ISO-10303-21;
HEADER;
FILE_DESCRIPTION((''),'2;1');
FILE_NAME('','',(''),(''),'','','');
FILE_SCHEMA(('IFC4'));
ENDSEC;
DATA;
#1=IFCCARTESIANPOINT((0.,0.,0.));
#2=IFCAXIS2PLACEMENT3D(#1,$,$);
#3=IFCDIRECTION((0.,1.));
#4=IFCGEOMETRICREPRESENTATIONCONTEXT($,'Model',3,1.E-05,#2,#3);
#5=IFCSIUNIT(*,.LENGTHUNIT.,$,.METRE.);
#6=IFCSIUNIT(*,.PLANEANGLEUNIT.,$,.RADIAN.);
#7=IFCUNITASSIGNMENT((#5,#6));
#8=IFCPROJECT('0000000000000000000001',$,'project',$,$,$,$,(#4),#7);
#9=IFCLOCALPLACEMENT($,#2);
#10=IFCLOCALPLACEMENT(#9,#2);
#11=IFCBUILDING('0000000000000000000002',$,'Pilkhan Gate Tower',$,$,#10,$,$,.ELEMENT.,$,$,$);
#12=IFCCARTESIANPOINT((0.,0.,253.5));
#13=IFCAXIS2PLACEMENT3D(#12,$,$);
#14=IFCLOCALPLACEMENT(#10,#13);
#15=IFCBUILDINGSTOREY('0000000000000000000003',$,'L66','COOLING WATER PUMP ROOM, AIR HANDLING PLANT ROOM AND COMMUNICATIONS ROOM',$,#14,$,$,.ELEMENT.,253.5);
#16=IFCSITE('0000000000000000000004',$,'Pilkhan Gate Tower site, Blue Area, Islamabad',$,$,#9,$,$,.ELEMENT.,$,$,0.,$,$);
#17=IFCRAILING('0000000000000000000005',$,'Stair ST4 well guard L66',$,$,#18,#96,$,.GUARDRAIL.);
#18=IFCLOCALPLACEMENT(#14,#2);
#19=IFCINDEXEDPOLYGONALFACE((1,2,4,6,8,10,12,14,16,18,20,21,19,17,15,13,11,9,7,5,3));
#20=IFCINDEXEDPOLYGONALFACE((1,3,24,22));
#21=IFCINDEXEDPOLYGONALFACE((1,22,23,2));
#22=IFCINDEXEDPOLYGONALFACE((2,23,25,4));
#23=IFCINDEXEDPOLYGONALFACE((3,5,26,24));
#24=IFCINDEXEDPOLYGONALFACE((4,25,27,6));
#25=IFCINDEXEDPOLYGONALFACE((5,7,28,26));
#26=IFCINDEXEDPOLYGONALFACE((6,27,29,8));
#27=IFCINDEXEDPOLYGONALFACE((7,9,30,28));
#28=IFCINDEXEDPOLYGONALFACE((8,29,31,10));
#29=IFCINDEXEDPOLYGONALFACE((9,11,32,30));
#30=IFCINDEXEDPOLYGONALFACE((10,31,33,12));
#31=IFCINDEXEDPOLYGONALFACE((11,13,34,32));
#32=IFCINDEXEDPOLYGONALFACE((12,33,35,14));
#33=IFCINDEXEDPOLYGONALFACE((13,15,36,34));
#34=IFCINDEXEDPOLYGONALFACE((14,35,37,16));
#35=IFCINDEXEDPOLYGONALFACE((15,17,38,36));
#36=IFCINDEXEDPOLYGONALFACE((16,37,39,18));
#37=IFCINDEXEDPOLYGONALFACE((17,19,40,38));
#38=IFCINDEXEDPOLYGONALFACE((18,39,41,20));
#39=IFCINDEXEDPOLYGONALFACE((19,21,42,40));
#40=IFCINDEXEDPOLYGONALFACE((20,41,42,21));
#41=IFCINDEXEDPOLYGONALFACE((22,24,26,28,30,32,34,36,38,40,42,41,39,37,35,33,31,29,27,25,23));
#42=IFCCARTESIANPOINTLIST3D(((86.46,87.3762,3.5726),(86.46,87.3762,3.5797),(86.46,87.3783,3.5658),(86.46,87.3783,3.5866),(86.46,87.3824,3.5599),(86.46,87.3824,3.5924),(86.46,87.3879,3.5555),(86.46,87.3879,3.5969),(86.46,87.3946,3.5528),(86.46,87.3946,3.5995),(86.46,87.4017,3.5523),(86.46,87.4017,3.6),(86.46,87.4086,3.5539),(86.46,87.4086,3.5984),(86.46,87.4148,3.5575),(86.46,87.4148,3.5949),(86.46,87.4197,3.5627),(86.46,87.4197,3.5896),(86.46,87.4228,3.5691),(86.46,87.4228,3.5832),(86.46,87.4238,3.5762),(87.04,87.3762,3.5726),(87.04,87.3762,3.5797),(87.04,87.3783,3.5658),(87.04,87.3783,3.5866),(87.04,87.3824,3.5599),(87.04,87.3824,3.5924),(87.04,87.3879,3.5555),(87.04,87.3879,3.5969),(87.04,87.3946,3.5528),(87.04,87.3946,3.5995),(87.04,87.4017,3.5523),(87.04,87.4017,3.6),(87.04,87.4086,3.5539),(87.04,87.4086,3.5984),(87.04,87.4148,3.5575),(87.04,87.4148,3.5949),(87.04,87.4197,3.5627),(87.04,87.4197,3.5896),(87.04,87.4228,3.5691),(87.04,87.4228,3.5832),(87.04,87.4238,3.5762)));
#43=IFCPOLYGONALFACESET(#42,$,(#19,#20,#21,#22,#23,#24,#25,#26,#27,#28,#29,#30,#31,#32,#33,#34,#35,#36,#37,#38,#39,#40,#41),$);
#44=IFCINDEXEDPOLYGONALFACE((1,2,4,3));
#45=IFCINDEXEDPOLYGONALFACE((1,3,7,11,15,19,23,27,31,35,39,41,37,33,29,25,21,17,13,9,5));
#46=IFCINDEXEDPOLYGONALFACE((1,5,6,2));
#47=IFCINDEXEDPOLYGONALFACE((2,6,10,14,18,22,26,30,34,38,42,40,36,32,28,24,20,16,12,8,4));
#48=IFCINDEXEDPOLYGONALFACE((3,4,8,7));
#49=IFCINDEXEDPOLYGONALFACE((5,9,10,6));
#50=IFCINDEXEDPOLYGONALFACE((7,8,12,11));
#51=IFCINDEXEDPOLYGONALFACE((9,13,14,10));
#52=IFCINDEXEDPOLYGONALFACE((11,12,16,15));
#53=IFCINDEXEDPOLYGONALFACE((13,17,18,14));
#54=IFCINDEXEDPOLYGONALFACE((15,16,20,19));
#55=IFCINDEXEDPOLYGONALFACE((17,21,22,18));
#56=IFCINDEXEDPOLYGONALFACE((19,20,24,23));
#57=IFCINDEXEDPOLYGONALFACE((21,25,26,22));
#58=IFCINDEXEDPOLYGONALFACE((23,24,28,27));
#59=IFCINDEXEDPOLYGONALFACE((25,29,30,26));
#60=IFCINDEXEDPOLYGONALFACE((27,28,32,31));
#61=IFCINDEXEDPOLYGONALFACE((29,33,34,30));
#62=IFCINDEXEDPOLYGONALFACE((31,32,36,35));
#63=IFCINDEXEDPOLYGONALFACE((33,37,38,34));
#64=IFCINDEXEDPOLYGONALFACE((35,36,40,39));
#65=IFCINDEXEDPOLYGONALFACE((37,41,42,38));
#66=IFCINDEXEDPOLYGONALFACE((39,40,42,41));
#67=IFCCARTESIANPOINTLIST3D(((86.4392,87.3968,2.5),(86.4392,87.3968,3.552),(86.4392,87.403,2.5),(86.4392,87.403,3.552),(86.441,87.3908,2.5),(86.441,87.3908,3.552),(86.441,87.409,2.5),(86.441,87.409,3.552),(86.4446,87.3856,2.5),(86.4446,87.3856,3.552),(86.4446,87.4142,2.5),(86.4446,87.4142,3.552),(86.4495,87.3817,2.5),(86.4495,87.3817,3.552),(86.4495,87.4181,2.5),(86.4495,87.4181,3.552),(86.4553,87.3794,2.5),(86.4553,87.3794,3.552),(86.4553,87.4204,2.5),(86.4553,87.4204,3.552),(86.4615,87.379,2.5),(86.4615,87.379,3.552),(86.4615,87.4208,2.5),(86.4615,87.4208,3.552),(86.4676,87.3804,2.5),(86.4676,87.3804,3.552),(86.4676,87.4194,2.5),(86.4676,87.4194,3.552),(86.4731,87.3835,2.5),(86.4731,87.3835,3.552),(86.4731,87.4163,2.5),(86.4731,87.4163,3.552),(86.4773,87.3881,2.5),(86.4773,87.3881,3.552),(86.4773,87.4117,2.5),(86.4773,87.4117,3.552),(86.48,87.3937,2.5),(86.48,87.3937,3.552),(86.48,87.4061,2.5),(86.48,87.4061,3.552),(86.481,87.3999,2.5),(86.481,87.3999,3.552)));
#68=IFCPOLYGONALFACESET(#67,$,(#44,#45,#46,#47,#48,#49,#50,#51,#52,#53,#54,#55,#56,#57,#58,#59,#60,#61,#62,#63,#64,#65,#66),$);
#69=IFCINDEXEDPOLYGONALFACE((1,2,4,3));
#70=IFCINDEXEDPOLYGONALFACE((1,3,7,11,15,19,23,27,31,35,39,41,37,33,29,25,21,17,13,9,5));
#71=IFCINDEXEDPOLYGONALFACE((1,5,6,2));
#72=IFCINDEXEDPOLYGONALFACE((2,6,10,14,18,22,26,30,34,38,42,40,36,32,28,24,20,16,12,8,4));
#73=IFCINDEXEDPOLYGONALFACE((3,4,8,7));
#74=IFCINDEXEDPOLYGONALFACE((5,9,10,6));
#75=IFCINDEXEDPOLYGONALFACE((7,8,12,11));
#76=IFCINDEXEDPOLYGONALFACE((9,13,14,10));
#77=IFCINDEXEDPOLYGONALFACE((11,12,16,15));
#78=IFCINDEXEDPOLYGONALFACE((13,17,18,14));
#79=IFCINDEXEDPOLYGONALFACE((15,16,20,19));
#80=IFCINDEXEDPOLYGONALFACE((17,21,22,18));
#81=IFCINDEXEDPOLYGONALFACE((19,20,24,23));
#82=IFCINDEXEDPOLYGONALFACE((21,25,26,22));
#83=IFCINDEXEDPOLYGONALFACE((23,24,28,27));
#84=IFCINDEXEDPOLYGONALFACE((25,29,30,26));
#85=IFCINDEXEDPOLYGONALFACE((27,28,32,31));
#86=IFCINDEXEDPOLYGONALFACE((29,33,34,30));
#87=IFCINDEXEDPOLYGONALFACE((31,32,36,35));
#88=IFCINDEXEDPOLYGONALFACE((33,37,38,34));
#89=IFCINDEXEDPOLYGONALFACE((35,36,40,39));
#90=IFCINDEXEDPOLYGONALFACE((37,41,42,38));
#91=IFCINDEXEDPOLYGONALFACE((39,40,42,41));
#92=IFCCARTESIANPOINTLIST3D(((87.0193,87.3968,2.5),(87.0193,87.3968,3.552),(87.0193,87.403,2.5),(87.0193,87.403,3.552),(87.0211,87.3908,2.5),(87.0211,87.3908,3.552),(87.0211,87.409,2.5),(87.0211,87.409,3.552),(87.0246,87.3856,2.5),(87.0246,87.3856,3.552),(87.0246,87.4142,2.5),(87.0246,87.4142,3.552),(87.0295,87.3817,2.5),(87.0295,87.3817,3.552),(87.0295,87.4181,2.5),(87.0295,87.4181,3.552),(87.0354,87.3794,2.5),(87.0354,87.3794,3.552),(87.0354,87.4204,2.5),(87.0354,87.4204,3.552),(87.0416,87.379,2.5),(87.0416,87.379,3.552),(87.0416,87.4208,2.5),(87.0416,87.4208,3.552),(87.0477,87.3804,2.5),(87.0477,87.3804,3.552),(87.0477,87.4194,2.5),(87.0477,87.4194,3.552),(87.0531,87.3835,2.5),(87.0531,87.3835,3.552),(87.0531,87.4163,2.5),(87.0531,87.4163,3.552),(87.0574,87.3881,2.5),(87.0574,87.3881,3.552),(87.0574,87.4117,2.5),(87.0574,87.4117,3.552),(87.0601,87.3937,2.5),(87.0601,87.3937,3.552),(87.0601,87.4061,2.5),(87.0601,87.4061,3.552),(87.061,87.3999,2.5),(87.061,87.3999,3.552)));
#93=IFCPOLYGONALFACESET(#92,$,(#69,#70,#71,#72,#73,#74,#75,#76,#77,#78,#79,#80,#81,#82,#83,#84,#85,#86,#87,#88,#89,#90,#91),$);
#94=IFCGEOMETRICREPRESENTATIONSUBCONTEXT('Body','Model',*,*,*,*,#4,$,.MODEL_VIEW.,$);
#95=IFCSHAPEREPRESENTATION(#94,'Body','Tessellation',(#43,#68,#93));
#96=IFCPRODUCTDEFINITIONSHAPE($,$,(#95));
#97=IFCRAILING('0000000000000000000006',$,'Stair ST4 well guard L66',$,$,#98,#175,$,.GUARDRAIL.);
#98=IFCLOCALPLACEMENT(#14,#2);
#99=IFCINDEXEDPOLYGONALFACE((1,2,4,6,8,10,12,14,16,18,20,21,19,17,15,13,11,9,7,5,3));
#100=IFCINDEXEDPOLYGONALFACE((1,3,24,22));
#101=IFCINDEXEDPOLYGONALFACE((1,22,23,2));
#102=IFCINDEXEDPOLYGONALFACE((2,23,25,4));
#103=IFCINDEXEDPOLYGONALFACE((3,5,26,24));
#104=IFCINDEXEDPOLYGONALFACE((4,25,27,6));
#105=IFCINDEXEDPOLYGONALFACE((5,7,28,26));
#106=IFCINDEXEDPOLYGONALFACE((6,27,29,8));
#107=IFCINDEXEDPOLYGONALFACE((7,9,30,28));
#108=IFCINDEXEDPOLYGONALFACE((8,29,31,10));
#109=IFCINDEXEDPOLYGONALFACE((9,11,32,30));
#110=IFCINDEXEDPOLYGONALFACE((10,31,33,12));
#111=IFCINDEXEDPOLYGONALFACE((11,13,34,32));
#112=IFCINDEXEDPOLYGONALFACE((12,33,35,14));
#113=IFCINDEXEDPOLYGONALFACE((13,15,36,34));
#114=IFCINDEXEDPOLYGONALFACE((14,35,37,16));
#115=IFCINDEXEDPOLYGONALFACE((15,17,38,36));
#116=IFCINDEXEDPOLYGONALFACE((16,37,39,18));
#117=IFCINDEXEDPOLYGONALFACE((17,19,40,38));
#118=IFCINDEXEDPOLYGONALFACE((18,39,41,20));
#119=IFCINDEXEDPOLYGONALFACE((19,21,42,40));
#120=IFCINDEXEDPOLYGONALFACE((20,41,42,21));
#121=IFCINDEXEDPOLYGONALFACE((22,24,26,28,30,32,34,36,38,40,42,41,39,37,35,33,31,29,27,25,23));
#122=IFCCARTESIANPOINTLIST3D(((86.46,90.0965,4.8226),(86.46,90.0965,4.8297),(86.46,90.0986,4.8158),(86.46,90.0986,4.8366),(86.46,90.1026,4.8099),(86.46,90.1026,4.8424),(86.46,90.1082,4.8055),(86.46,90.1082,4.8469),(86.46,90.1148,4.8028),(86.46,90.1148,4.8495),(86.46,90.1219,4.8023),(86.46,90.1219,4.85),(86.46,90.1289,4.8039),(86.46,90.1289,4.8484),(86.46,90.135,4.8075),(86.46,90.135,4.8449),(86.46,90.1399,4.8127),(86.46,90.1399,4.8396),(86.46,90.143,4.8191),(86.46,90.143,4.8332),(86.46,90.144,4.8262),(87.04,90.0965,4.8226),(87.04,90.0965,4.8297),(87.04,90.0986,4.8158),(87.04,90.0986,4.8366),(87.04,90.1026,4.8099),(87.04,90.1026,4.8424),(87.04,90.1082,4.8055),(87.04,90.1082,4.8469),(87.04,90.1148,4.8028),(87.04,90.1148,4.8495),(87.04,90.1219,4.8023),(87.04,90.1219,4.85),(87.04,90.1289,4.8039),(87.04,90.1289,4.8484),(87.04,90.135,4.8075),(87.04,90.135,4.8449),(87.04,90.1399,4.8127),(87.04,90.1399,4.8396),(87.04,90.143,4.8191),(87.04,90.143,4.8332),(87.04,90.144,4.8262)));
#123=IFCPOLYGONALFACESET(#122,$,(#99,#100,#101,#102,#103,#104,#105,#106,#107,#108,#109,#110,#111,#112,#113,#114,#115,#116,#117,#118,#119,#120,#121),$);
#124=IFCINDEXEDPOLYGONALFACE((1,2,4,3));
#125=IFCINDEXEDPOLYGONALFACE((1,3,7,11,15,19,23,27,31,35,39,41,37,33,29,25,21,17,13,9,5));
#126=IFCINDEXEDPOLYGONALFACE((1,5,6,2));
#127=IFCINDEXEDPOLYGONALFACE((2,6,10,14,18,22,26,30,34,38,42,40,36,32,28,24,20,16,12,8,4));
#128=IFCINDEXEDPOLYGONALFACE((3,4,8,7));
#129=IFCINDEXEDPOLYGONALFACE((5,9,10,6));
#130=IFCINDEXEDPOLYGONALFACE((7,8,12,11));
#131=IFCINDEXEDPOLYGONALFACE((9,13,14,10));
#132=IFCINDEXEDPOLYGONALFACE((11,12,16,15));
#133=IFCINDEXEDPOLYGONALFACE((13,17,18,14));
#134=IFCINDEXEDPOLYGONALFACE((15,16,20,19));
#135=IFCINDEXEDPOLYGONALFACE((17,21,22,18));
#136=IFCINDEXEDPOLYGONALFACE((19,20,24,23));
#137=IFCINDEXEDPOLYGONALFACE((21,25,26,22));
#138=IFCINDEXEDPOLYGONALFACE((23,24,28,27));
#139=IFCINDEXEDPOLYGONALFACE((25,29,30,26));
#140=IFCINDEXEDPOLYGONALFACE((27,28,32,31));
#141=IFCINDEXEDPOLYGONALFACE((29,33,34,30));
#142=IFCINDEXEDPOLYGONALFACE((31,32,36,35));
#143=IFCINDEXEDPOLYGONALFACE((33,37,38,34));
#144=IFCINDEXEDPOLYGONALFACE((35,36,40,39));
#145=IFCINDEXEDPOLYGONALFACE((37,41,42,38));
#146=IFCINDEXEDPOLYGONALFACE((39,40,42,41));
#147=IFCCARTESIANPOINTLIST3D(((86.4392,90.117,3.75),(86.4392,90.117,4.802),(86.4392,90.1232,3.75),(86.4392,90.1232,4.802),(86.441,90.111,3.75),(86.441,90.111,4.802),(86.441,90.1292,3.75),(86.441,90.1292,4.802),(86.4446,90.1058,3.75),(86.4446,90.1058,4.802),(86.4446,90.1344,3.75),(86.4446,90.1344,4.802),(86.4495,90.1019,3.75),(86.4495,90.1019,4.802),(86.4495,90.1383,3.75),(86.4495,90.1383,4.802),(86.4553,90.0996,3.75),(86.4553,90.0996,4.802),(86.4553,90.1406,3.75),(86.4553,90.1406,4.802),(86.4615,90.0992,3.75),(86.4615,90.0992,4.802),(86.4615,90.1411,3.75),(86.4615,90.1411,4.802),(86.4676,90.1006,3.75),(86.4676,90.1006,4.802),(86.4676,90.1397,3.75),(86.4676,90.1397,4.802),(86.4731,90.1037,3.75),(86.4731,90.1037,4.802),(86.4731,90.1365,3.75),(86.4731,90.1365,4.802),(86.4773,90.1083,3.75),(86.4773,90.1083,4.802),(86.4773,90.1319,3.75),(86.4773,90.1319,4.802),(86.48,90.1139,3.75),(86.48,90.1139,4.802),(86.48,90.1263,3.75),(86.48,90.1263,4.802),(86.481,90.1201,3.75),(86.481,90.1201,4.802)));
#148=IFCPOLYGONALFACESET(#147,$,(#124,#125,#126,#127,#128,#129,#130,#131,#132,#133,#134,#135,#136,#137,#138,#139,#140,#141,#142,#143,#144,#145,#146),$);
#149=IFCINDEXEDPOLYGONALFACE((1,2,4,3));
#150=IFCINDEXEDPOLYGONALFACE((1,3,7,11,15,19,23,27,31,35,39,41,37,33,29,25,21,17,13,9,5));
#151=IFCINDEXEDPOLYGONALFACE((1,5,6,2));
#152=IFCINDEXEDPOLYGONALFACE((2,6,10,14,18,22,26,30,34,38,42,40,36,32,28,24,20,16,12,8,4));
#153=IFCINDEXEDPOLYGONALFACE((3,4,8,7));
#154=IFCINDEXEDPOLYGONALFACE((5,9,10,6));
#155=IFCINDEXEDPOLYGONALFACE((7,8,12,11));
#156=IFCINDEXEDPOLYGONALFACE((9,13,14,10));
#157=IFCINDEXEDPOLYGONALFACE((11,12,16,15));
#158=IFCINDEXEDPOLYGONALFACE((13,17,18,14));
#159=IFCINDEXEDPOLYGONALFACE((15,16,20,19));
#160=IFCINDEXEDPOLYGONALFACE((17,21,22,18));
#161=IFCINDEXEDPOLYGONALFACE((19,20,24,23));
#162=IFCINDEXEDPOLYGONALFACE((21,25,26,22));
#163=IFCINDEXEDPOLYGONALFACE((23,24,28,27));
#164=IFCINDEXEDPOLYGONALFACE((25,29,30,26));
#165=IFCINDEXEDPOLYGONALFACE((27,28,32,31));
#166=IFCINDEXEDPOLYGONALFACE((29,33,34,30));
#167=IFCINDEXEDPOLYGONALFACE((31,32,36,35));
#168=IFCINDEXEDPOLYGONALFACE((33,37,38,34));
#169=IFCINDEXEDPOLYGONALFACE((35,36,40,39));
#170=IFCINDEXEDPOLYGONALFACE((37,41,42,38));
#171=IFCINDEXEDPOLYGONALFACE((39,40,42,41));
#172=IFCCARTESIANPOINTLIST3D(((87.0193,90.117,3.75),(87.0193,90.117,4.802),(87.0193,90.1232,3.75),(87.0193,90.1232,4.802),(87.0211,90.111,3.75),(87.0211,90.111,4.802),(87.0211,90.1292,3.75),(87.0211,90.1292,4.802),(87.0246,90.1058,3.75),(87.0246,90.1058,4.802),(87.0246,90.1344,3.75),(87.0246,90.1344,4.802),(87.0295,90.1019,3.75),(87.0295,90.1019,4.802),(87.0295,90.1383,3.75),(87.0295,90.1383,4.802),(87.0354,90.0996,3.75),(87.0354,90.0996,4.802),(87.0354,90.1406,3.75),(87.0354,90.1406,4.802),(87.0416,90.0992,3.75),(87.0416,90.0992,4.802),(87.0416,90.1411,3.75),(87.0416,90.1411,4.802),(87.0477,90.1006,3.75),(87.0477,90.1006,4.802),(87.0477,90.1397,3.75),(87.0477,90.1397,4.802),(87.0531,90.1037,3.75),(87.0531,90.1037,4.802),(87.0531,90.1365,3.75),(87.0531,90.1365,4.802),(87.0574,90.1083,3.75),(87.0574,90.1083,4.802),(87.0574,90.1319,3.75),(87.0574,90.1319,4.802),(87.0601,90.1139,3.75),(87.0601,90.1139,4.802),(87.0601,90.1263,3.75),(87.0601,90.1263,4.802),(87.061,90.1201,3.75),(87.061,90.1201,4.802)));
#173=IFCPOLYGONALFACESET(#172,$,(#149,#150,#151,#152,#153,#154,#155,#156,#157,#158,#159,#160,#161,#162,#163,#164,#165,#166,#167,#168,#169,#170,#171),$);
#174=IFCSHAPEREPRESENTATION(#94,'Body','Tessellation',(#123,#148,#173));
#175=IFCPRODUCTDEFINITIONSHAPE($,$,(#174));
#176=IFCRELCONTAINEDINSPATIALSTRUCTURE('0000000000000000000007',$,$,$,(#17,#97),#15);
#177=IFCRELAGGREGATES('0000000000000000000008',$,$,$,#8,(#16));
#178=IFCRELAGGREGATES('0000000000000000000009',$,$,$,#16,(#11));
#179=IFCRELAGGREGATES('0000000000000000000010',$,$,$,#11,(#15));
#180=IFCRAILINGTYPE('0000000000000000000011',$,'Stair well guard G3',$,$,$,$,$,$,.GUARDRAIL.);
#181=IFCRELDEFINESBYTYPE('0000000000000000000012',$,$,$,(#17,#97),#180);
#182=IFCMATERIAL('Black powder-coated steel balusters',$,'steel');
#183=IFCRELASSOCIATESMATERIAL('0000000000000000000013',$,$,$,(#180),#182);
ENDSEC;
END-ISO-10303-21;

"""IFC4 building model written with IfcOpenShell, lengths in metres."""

from ifc_helpers import new_model, si_unit, direction, frame, origin, origin_2d, place, context, subcontext, project, spatial, circle, extrude, material, type_object, element, save


model = new_model("IFC4")

# Units and contexts
model_context = context("Model", 3, precision=1e-05, world=origin(), true_north=direction((0.0, 1.0)))
body_context = subcontext(model_context, "Body", "Model", "MODEL_VIEW")
ifc_project = project(units=[si_unit("LENGTHUNIT", "METRE"), si_unit("PLANEANGLEUNIT", "RADIAN")], contexts=[model_context])

# Site, building, storey
site_placement = place(None, origin())
site = spatial("IfcSite", under=ifc_project, at=site_placement, Name="Pilkhan Gate Tower site, Blue Area, Islamabad", CompositionType="ELEMENT", RefElevation=0.0)
building_placement = place(site_placement, origin())
building = spatial("IfcBuilding", under=site, at=building_placement, Name="Pilkhan Gate Tower", CompositionType="ELEMENT")
storey_placement = place(building_placement, frame((0.0, 0.0, 253.5)))
storey = spatial("IfcBuildingStorey", under=building, at=storey_placement, Name="L66", Description="COOLING WATER PUMP ROOM, AIR HANDLING PLANT ROOM AND COMMUNICATIONS ROOM", CompositionType="ELEMENT", Elevation=253.5)

# Railings
ifc_material_1 = material(Name="Black powder-coated steel balusters", Category="steel")
railing_type_1 = type_object("IfcRailingType", Name="Stair well guard G3", PredefinedType="GUARDRAIL", material=ifc_material_1)
for number, where, name in (
    (1, (86.46, 87.3999, 2.5), "Stair ST4 well guard L66"),
    (2, (86.46, 90.1201, 3.75), "Stair ST4 well guard L66"),
):
    element("IfcRailing", number, at=place(storey_placement, frame(where)), inside=storey, type_object=railing_type_1, Name=name, PredefinedType="GUARDRAIL", context=body_context, shape_type="SweptSolid", body=[
        extrude(circle(Radius=0.0239, at=origin_2d()), frame((0.0, 0.0, 1.0762), z_axis=(1.0, 0.0, 0.0), x_axis=(0.0, 1.0, 0.0)), (0.0, 0.0, 1.0), 0.5801),
        extrude(circle(Radius=0.021, at=origin_2d()), origin(), (0.0, 0.0, 1.0), 1.052),
        extrude(circle(Radius=0.021, at=origin_2d()), frame((0.5801, 0.0, 0.0)), (0.0, 0.0, 1.0), 1.052),
    ])

save(model, "model.ifc")
